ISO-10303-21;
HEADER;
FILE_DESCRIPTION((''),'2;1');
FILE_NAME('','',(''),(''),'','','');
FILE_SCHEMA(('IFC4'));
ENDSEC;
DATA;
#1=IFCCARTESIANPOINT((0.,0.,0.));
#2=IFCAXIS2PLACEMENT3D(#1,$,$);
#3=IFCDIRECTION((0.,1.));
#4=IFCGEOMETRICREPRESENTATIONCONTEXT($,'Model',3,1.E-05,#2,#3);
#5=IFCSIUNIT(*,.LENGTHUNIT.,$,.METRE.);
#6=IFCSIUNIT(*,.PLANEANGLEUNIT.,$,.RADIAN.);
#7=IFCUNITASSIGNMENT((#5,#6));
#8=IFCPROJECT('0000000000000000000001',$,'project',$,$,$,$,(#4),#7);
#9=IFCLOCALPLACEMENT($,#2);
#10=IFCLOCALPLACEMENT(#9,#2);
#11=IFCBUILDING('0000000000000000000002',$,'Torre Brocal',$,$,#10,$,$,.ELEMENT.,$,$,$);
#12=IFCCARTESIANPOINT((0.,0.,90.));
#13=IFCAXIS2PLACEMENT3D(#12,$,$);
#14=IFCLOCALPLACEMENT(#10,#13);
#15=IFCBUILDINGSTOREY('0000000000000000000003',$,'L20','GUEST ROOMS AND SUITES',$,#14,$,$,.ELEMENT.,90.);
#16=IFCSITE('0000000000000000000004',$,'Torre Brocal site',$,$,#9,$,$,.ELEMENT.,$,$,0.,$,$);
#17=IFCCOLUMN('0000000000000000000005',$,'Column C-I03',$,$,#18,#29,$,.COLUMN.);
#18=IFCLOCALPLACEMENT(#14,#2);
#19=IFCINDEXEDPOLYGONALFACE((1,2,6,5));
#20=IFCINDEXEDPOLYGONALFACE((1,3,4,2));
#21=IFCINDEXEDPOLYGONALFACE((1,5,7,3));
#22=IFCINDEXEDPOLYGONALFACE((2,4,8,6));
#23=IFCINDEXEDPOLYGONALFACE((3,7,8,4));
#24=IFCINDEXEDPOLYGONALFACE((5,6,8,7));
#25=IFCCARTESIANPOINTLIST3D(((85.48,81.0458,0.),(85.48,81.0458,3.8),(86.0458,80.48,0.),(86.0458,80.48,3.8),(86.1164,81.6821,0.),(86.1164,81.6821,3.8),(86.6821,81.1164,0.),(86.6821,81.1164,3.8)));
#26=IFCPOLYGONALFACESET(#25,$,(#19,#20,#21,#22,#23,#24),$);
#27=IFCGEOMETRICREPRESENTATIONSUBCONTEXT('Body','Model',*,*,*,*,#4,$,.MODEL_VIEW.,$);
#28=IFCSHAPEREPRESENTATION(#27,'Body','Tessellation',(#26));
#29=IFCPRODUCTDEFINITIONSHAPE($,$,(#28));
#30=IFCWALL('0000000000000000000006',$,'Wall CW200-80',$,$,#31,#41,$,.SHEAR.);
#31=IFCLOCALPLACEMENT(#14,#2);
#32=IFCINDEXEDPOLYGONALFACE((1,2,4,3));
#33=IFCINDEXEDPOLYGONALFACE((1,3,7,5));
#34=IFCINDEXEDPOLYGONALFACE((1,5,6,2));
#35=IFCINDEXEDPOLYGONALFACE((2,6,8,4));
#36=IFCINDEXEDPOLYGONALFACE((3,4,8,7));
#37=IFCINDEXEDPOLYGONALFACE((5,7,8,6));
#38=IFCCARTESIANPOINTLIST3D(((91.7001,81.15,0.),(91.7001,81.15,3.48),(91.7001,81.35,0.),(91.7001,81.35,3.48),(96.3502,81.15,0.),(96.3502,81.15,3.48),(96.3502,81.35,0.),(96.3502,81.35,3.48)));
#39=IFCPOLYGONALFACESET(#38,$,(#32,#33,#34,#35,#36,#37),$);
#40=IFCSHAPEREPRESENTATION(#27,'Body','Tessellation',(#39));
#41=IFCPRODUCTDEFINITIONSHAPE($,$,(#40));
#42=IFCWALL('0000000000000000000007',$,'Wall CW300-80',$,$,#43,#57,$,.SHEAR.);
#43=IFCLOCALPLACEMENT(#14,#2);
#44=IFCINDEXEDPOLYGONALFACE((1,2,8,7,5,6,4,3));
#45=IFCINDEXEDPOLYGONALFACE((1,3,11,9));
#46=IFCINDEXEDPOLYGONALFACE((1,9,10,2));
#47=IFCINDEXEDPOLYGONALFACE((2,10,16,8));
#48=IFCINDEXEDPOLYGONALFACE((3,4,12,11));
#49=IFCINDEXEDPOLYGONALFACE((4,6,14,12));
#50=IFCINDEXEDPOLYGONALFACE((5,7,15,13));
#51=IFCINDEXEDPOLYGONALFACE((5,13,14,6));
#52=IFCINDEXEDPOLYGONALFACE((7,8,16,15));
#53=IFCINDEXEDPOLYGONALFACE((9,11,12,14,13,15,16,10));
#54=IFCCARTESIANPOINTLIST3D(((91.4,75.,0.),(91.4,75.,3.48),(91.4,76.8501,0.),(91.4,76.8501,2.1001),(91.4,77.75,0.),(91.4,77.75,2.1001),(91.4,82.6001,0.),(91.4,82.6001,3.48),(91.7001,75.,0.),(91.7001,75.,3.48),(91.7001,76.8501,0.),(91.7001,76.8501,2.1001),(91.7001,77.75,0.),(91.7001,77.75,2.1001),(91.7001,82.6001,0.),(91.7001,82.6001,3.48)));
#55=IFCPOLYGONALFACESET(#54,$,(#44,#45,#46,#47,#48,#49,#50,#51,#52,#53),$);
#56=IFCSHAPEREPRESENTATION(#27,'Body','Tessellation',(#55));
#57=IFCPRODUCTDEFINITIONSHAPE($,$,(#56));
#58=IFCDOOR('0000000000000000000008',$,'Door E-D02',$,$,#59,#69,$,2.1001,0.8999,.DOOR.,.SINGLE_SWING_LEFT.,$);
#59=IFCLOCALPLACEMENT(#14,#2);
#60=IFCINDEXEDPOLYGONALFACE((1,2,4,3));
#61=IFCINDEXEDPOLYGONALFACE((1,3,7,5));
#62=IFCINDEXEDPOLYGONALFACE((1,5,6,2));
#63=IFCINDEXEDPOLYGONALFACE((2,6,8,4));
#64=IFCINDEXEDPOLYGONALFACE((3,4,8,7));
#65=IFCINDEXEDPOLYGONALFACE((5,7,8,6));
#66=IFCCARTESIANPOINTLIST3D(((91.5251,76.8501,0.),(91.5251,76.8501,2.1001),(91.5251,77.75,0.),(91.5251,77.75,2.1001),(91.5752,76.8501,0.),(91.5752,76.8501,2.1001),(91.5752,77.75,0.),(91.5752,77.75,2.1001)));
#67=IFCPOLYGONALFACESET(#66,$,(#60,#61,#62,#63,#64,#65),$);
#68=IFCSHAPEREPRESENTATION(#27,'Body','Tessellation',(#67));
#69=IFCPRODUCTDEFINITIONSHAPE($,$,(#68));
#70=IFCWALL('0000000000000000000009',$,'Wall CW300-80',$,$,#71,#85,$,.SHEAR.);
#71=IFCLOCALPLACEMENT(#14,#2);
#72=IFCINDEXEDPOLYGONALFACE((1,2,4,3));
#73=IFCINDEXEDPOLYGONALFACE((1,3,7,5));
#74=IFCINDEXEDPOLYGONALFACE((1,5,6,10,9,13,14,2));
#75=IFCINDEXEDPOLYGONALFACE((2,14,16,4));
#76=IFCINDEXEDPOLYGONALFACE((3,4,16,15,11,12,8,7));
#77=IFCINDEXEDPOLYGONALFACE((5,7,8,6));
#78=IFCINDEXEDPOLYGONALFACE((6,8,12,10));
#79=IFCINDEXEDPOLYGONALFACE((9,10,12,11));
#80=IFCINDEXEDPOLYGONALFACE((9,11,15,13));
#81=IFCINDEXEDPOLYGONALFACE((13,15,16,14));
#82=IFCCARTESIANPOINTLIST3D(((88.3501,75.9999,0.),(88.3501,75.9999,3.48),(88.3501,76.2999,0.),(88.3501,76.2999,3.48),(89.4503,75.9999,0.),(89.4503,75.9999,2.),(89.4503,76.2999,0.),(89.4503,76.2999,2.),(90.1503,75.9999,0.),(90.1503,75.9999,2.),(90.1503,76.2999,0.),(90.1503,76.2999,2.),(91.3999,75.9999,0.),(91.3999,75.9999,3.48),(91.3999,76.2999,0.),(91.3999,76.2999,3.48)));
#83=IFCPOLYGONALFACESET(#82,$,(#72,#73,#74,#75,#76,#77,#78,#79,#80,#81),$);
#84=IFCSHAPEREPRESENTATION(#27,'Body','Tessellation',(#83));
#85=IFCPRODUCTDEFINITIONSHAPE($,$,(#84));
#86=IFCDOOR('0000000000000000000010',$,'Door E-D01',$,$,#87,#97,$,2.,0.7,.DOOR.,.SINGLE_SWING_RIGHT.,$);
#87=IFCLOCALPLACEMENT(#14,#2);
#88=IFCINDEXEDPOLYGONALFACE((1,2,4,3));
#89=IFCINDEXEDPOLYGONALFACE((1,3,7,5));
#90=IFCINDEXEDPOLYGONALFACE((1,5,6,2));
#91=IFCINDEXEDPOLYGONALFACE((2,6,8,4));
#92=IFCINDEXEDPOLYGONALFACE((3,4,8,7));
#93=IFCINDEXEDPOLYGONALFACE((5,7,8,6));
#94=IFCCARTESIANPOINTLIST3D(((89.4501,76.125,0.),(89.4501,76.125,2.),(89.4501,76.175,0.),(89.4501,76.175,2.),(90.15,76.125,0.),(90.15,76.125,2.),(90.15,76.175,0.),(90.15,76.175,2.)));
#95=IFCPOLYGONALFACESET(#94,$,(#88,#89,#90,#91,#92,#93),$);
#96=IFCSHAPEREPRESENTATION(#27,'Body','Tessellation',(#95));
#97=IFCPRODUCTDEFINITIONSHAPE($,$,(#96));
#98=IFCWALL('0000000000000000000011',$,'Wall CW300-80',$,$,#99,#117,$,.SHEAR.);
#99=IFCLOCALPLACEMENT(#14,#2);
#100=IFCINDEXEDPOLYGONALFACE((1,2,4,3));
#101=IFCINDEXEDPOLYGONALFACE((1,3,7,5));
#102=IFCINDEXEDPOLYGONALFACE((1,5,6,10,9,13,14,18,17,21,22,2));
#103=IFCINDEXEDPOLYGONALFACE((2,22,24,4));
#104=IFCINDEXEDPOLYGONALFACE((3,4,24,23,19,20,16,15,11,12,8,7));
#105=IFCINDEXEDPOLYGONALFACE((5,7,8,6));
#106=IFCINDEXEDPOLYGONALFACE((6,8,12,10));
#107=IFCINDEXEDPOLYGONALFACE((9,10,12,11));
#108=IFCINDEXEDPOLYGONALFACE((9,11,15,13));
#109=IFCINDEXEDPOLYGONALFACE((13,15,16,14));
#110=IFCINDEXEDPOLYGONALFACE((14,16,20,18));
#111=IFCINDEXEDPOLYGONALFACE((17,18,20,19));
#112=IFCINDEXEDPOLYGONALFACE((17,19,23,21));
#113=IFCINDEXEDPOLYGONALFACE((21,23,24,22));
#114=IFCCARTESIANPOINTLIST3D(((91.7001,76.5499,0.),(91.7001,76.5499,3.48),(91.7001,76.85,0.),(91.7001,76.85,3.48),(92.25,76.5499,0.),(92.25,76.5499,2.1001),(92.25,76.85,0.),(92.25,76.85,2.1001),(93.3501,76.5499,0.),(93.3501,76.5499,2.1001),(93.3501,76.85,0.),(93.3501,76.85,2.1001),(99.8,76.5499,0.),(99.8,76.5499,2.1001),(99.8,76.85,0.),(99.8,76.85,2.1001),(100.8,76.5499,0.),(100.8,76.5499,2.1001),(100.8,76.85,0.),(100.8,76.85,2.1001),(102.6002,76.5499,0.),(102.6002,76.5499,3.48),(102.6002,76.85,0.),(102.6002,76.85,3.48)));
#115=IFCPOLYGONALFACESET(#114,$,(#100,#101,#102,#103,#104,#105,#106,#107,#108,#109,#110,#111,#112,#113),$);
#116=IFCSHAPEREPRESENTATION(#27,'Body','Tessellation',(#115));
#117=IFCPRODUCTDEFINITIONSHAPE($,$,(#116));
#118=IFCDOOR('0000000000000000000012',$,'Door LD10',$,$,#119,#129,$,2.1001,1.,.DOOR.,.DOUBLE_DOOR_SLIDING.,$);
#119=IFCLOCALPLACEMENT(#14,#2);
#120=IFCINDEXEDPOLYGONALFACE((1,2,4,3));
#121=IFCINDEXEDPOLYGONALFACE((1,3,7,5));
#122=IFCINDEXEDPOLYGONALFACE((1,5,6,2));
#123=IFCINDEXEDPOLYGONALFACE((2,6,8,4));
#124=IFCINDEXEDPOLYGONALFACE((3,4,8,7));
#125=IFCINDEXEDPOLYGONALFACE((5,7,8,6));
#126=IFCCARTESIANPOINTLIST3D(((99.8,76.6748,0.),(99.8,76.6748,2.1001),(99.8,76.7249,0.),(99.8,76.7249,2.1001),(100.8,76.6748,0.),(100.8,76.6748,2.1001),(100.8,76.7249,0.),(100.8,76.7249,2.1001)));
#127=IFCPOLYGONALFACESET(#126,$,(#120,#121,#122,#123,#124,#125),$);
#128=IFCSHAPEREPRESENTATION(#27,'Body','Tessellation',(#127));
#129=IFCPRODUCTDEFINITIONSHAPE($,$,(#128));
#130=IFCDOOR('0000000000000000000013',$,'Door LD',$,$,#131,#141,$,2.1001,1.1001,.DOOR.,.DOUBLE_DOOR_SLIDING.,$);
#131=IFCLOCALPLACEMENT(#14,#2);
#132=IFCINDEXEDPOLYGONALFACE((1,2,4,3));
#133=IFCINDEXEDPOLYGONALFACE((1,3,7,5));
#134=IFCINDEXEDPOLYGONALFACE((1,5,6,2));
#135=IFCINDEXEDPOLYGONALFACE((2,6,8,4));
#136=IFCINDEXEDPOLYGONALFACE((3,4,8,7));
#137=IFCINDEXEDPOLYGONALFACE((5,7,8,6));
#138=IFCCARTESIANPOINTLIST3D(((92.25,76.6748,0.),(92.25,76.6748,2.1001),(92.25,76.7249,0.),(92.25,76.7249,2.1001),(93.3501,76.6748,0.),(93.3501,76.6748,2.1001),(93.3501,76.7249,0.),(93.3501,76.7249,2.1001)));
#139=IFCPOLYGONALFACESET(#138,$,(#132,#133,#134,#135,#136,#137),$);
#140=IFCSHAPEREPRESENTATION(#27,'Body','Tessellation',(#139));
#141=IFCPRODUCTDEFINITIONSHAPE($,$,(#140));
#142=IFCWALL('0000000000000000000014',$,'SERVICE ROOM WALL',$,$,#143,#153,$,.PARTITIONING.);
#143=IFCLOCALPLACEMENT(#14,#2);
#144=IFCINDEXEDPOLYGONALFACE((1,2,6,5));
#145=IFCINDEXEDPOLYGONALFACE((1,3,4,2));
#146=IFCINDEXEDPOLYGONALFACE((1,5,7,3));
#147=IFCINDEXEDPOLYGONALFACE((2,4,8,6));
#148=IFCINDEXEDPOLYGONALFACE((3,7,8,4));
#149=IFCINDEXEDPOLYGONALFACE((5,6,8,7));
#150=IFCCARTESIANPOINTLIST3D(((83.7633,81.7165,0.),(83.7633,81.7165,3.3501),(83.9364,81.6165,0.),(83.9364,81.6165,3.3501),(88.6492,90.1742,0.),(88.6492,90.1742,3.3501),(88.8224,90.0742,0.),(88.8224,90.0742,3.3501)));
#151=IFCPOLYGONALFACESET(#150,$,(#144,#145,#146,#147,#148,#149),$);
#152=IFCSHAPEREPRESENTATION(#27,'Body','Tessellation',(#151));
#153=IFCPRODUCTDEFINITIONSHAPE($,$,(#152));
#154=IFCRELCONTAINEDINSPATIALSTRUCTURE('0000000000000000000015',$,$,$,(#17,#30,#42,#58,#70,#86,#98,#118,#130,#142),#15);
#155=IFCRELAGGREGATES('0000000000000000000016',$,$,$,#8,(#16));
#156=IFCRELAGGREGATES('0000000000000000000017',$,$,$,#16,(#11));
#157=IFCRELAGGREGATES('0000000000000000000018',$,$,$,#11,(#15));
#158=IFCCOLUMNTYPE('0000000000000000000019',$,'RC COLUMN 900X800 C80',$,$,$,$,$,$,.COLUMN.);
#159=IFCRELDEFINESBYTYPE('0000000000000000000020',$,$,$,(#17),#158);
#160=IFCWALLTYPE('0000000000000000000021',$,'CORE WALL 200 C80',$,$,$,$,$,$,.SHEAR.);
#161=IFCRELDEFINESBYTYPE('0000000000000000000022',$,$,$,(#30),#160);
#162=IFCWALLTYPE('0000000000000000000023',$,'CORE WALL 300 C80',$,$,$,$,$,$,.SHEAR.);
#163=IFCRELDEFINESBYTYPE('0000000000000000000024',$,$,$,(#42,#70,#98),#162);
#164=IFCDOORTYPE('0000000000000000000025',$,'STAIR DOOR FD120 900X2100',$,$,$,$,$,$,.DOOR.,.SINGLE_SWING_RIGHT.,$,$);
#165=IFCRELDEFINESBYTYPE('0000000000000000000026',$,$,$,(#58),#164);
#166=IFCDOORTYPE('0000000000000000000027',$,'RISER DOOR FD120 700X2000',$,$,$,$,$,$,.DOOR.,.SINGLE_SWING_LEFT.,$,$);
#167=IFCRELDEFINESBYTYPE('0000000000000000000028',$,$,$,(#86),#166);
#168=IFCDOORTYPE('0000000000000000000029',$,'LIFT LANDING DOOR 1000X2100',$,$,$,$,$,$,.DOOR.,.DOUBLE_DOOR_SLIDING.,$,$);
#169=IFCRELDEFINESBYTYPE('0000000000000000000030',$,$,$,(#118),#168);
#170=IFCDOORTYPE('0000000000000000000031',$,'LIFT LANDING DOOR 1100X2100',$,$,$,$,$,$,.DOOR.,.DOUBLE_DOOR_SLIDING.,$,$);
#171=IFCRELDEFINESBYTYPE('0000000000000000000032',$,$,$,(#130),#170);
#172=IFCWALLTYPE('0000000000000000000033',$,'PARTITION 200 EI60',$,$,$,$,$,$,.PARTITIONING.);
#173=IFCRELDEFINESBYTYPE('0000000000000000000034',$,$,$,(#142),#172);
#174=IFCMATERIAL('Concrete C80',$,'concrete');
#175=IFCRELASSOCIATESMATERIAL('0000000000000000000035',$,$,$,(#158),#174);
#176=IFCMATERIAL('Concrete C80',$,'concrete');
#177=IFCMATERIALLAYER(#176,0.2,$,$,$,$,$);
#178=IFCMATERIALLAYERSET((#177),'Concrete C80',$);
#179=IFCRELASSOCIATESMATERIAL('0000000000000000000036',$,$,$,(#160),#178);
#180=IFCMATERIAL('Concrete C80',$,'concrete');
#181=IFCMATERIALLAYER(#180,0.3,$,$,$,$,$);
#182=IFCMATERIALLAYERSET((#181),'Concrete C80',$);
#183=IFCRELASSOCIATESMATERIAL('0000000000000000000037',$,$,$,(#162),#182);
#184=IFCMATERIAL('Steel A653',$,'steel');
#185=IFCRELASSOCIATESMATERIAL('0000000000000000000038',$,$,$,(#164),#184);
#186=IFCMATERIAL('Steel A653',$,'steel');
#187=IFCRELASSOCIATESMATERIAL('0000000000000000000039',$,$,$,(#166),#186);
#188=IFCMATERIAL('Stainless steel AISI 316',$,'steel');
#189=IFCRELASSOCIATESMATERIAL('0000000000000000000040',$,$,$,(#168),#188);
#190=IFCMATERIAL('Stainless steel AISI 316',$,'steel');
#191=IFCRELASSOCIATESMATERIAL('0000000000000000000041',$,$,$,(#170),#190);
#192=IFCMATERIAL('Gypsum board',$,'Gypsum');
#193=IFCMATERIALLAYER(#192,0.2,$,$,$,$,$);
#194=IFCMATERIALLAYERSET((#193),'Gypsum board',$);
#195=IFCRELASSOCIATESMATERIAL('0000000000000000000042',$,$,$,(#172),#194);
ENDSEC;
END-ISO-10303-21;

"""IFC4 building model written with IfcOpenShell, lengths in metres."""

from ifc_helpers import new_model, si_unit, direction, frame, frame_2d, origin, origin_2d, place, context, subcontext, project, spatial, rectangle, extrude, material, layer, layer_set, material_profile, profile_set, type_object, element, fill, save


model = new_model("IFC4")

# Units and contexts
model_context = context("Model", 3, precision=1e-05, world=origin(), true_north=direction((0.0, 1.0)))
body_context = subcontext(model_context, "Body", "Model", "MODEL_VIEW")
ifc_project = project(units=[si_unit("LENGTHUNIT", "METRE"), si_unit("PLANEANGLEUNIT", "RADIAN")], contexts=[model_context])

# Site, building, storey
site_placement = place(None, origin())
site = spatial("IfcSite", under=ifc_project, at=site_placement, Name="Torre Brocal site", CompositionType="ELEMENT", RefElevation=0.0)
building_placement = place(site_placement, origin())
building = spatial("IfcBuilding", under=site, at=building_placement, Name="Torre Brocal", CompositionType="ELEMENT")
storey_placement = place(building_placement, frame((0.0, 0.0, 90.0)))
storey = spatial("IfcBuildingStorey", under=building, at=storey_placement, Name="L20", Description="GUEST ROOMS AND SUITES", CompositionType="ELEMENT", Elevation=90.0)

# Column
ifc_material_1 = material(Name="Concrete C80", Category="concrete")
ifc_material_profile = material_profile(ifc_material_1, rectangle(XDim=0.8999, YDim=0.8, at=origin_2d()), Name="RC 900X800")
ifc_profile_set = profile_set([ifc_material_profile], Name="Concrete C80")
column_type = type_object("IfcColumnType", Name="RC COLUMN 900X800 C80", PredefinedType="COLUMN", material=ifc_profile_set)
column_placement = place(storey_placement, frame((86.0811, 81.0811, 0.0), z_axis=(0.0, 0.0, 1.0), x_axis=(0.707107, 0.707107, 0.0)))
element("IfcColumn", 1, at=column_placement, inside=storey, type_object=column_type, Name="Column C-I03", PredefinedType="COLUMN", context=body_context, shape_type="SweptSolid", body=[
    extrude(rectangle(XDim=0.8999, YDim=0.8, at=origin_2d()), origin(), (0.0, 0.0, 1.0), 3.8),
])

# Wall
ifc_material_2 = material(Name="Concrete C80", Category="concrete")
ifc_layer_1 = layer(ifc_material_2, 0.2)
ifc_layer_set_1 = layer_set([ifc_layer_1], Name="Concrete C80")
wall_type_1 = type_object("IfcWallType", Name="CORE WALL 200 C80", PredefinedType="SHEAR", material=ifc_layer_set_1)
wall_1_placement = place(storey_placement, frame((91.7, 81.25, 0.0), z_axis=(0.0, 0.0, 1.0), x_axis=(1.0, 0.0, 0.0)))
element("IfcWall", 2, at=wall_1_placement, inside=storey, type_object=wall_type_1, Name="Wall CW200-80", PredefinedType="SHEAR", context=body_context, shape_type="SweptSolid", body=[
    extrude(rectangle(XDim=4.6501, YDim=0.2, at=frame_2d((2.3252, 0.0))), origin(), (0.0, 0.0, 1.0), 3.48),
])

# Walls, openings, doors
ifc_material_3 = material(Name="Concrete C80", Category="concrete")
ifc_layer_2 = layer(ifc_material_3, 0.3)
ifc_layer_set_2 = layer_set([ifc_layer_2], Name="Concrete C80")
wall_type_2 = type_object("IfcWallType", Name="CORE WALL 300 C80", PredefinedType="SHEAR", material=ifc_layer_set_2)
wall_2_placement = place(storey_placement, frame((91.55, 75.0, 0.0), z_axis=(0.0, 0.0, 1.0), x_axis=(0.0, 1.0, 0.0)))
wall_2 = element("IfcWall", 3, at=wall_2_placement, inside=storey, type_object=wall_type_2, Name="Wall CW300-80", PredefinedType="SHEAR", context=body_context, shape_type="SweptSolid", body=[
    extrude(rectangle(XDim=7.6001, YDim=0.3, at=frame_2d((3.8, 0.0))), origin(), (0.0, 0.0, 1.0), 3.48),
])
opening_1_placement = place(wall_2_placement, frame((1.8501, 0.0, 0.0)))
opening_1 = element("IfcOpeningElement", 4, at=opening_1_placement, cuts=wall_2, PredefinedType="OPENING", context=body_context, shape_type="SweptSolid", body=[
    extrude(rectangle(XDim=0.8999, YDim=2.1001, at=frame_2d((0.45, 1.05))), frame((0.0, 0.1599, 0.0), z_axis=(0.0, -1.0, 0.0), x_axis=(1.0, 0.0, 0.0)), (0.0, 0.0, 1.0), 0.3201),
])
ifc_material_4 = material(Name="Steel A653", Category="steel")
door_type_1 = type_object("IfcDoorType", Name="STAIR DOOR FD120 900X2100", OperationType="SINGLE_SWING_RIGHT", PredefinedType="DOOR", material=ifc_material_4)
door_1_placement = place(opening_1_placement, origin())
door_1 = element("IfcDoor", 5, at=door_1_placement, inside=storey, type_object=door_type_1, Name="Door E-D02", OperationType="SINGLE_SWING_LEFT", OverallHeight=2.1001, OverallWidth=0.8999, PredefinedType="DOOR", context=body_context, shape_type="SweptSolid", body=[
    extrude(rectangle(XDim=0.8999, YDim=2.1001, at=frame_2d((0.45, 1.05))), frame((0.0, 0.0249, 0.0), z_axis=(0.0, -1.0, 0.0), x_axis=(1.0, 0.0, 0.0)), (0.0, 0.0, 1.0), 0.05),
])
fill(opening_1, door_1)
wall_3_placement = place(storey_placement, frame((88.3501, 76.1499, 0.0), z_axis=(0.0, 0.0, 1.0), x_axis=(1.0, 0.0, 0.0)))
wall_3 = element("IfcWall", 6, at=wall_3_placement, inside=storey, type_object=wall_type_2, Name="Wall CW300-80", PredefinedType="SHEAR", context=body_context, shape_type="SweptSolid", body=[
    extrude(rectangle(XDim=3.0498, YDim=0.3, at=frame_2d((1.5249, 0.0))), origin(), (0.0, 0.0, 1.0), 3.48),
])
opening_2_placement = place(wall_3_placement, frame((1.1001, 0.0, 0.0)))
opening_2 = element("IfcOpeningElement", 7, at=opening_2_placement, cuts=wall_3, PredefinedType="OPENING", context=body_context, shape_type="SweptSolid", body=[
    extrude(rectangle(XDim=0.7, YDim=2.0, at=frame_2d((0.3501, 1.0))), frame((0.0, 0.1599, 0.0), z_axis=(0.0, -1.0, 0.0), x_axis=(1.0, 0.0, 0.0)), (0.0, 0.0, 1.0), 0.3201),
])
ifc_material_5 = material(Name="Steel A653", Category="steel")
door_type_2 = type_object("IfcDoorType", Name="RISER DOOR FD120 700X2000", OperationType="SINGLE_SWING_LEFT", PredefinedType="DOOR", material=ifc_material_5)
door_2_placement = place(opening_2_placement, frame((0.7, 0.0, 0.0), z_axis=(0.0, 0.0, 1.0), x_axis=(-1.0, 0.0, 0.0)))
door_2 = element("IfcDoor", 8, at=door_2_placement, inside=storey, type_object=door_type_2, Name="Door E-D01", OperationType="SINGLE_SWING_RIGHT", OverallHeight=2.0, OverallWidth=0.7, PredefinedType="DOOR", context=body_context, shape_type="SweptSolid", body=[
    extrude(rectangle(XDim=0.7, YDim=2.0, at=frame_2d((0.3501, 1.0))), frame((0.0, 0.0249, 0.0), z_axis=(0.0, -1.0, 0.0), x_axis=(1.0, 0.0, 0.0)), (0.0, 0.0, 1.0), 0.05),
])
fill(opening_2, door_2)

# Wall, openings, doors
wall_4_placement = place(storey_placement, frame((91.7, 76.7, 0.0), z_axis=(0.0, 0.0, 1.0), x_axis=(1.0, 0.0, 0.0)))
wall_4 = element("IfcWall", 9, at=wall_4_placement, inside=storey, type_object=wall_type_2, Name="Wall CW300-80", PredefinedType="SHEAR", context=body_context, shape_type="SweptSolid", body=[
    extrude(rectangle(XDim=10.9001, YDim=0.3, at=frame_2d((5.4502, 0.0))), origin(), (0.0, 0.0, 1.0), 3.48),
])
opening_3_placement = place(wall_4_placement, frame((0.55, 0.0, 0.0)))
opening_3 = element("IfcOpeningElement", 10, at=opening_3_placement, cuts=wall_4, PredefinedType="OPENING", context=body_context, shape_type="SweptSolid", body=[
    extrude(rectangle(XDim=1.1001, YDim=2.1001, at=frame_2d((0.55, 1.05))), frame((0.0, 0.1599, 0.0), z_axis=(0.0, -1.0, 0.0), x_axis=(1.0, 0.0, 0.0)), (0.0, 0.0, 1.0), 0.3201),
])
opening_4_placement = place(wall_4_placement, frame((8.1001, 0.0, 0.0)))
opening_4 = element("IfcOpeningElement", 11, at=opening_4_placement, cuts=wall_4, PredefinedType="OPENING", context=body_context, shape_type="SweptSolid", body=[
    extrude(rectangle(XDim=1.0, YDim=2.1001, at=frame_2d((0.5, 1.05))), frame((0.0, 0.1599, 0.0), z_axis=(0.0, -1.0, 0.0), x_axis=(1.0, 0.0, 0.0)), (0.0, 0.0, 1.0), 0.3201),
])
ifc_material_6 = material(Name="Stainless steel AISI 316", Category="steel")
door_type_3 = type_object("IfcDoorType", Name="LIFT LANDING DOOR 1000X2100", OperationType="DOUBLE_DOOR_SLIDING", PredefinedType="DOOR", material=ifc_material_6)
door_3_placement = place(opening_4_placement, origin())
door_3 = element("IfcDoor", 12, at=door_3_placement, inside=storey, type_object=door_type_3, Name="Door LD10", OperationType="DOUBLE_DOOR_SLIDING", OverallHeight=2.1001, OverallWidth=1.0, PredefinedType="DOOR", context=body_context, shape_type="SweptSolid", body=[
    extrude(rectangle(XDim=1.0, YDim=2.1001, at=frame_2d((0.5, 1.05))), frame((0.0, 0.0249, 0.0), z_axis=(0.0, -1.0, 0.0), x_axis=(1.0, 0.0, 0.0)), (0.0, 0.0, 1.0), 0.05),
])
fill(opening_4, door_3)
ifc_material_7 = material(Name="Stainless steel AISI 316", Category="steel")
door_type_4 = type_object("IfcDoorType", Name="LIFT LANDING DOOR 1100X2100", OperationType="DOUBLE_DOOR_SLIDING", PredefinedType="DOOR", material=ifc_material_7)
door_4_placement = place(opening_3_placement, origin())
door_4 = element("IfcDoor", 13, at=door_4_placement, inside=storey, type_object=door_type_4, Name="Door LD", OperationType="DOUBLE_DOOR_SLIDING", OverallHeight=2.1001, OverallWidth=1.1001, PredefinedType="DOOR", context=body_context, shape_type="SweptSolid", body=[
    extrude(rectangle(XDim=1.1001, YDim=2.1001, at=frame_2d((0.55, 1.05))), frame((0.0, 0.0249, 0.0), z_axis=(0.0, -1.0, 0.0), x_axis=(1.0, 0.0, 0.0)), (0.0, 0.0, 1.0), 0.05),
])
fill(opening_3, door_4)

# Wall
ifc_material_8 = material(Name="Gypsum board", Category="Gypsum")
ifc_layer_3 = layer(ifc_material_8, 0.2)
ifc_layer_set_3 = layer_set([ifc_layer_3], Name="Gypsum board")
wall_type_3 = type_object("IfcWallType", Name="PARTITION 200 EI60", PredefinedType="PARTITIONING", material=ifc_layer_set_3)
wall_5_placement = place(storey_placement, frame((83.8499, 81.6665, 0.0), z_axis=(0.0, 0.0, 1.0), x_axis=(0.500222, 0.865897, 0.0)))
element("IfcWall", 14, at=wall_5_placement, inside=storey, type_object=wall_type_3, Name="SERVICE ROOM WALL", PredefinedType="PARTITIONING", context=body_context, shape_type="SweptSolid", body=[
    extrude(rectangle(XDim=9.7676, YDim=0.2, at=frame_2d((4.8838, 0.0))), origin(), (0.0, 0.0, 1.0), 3.3501),
])

save(model, "model.ifc")
